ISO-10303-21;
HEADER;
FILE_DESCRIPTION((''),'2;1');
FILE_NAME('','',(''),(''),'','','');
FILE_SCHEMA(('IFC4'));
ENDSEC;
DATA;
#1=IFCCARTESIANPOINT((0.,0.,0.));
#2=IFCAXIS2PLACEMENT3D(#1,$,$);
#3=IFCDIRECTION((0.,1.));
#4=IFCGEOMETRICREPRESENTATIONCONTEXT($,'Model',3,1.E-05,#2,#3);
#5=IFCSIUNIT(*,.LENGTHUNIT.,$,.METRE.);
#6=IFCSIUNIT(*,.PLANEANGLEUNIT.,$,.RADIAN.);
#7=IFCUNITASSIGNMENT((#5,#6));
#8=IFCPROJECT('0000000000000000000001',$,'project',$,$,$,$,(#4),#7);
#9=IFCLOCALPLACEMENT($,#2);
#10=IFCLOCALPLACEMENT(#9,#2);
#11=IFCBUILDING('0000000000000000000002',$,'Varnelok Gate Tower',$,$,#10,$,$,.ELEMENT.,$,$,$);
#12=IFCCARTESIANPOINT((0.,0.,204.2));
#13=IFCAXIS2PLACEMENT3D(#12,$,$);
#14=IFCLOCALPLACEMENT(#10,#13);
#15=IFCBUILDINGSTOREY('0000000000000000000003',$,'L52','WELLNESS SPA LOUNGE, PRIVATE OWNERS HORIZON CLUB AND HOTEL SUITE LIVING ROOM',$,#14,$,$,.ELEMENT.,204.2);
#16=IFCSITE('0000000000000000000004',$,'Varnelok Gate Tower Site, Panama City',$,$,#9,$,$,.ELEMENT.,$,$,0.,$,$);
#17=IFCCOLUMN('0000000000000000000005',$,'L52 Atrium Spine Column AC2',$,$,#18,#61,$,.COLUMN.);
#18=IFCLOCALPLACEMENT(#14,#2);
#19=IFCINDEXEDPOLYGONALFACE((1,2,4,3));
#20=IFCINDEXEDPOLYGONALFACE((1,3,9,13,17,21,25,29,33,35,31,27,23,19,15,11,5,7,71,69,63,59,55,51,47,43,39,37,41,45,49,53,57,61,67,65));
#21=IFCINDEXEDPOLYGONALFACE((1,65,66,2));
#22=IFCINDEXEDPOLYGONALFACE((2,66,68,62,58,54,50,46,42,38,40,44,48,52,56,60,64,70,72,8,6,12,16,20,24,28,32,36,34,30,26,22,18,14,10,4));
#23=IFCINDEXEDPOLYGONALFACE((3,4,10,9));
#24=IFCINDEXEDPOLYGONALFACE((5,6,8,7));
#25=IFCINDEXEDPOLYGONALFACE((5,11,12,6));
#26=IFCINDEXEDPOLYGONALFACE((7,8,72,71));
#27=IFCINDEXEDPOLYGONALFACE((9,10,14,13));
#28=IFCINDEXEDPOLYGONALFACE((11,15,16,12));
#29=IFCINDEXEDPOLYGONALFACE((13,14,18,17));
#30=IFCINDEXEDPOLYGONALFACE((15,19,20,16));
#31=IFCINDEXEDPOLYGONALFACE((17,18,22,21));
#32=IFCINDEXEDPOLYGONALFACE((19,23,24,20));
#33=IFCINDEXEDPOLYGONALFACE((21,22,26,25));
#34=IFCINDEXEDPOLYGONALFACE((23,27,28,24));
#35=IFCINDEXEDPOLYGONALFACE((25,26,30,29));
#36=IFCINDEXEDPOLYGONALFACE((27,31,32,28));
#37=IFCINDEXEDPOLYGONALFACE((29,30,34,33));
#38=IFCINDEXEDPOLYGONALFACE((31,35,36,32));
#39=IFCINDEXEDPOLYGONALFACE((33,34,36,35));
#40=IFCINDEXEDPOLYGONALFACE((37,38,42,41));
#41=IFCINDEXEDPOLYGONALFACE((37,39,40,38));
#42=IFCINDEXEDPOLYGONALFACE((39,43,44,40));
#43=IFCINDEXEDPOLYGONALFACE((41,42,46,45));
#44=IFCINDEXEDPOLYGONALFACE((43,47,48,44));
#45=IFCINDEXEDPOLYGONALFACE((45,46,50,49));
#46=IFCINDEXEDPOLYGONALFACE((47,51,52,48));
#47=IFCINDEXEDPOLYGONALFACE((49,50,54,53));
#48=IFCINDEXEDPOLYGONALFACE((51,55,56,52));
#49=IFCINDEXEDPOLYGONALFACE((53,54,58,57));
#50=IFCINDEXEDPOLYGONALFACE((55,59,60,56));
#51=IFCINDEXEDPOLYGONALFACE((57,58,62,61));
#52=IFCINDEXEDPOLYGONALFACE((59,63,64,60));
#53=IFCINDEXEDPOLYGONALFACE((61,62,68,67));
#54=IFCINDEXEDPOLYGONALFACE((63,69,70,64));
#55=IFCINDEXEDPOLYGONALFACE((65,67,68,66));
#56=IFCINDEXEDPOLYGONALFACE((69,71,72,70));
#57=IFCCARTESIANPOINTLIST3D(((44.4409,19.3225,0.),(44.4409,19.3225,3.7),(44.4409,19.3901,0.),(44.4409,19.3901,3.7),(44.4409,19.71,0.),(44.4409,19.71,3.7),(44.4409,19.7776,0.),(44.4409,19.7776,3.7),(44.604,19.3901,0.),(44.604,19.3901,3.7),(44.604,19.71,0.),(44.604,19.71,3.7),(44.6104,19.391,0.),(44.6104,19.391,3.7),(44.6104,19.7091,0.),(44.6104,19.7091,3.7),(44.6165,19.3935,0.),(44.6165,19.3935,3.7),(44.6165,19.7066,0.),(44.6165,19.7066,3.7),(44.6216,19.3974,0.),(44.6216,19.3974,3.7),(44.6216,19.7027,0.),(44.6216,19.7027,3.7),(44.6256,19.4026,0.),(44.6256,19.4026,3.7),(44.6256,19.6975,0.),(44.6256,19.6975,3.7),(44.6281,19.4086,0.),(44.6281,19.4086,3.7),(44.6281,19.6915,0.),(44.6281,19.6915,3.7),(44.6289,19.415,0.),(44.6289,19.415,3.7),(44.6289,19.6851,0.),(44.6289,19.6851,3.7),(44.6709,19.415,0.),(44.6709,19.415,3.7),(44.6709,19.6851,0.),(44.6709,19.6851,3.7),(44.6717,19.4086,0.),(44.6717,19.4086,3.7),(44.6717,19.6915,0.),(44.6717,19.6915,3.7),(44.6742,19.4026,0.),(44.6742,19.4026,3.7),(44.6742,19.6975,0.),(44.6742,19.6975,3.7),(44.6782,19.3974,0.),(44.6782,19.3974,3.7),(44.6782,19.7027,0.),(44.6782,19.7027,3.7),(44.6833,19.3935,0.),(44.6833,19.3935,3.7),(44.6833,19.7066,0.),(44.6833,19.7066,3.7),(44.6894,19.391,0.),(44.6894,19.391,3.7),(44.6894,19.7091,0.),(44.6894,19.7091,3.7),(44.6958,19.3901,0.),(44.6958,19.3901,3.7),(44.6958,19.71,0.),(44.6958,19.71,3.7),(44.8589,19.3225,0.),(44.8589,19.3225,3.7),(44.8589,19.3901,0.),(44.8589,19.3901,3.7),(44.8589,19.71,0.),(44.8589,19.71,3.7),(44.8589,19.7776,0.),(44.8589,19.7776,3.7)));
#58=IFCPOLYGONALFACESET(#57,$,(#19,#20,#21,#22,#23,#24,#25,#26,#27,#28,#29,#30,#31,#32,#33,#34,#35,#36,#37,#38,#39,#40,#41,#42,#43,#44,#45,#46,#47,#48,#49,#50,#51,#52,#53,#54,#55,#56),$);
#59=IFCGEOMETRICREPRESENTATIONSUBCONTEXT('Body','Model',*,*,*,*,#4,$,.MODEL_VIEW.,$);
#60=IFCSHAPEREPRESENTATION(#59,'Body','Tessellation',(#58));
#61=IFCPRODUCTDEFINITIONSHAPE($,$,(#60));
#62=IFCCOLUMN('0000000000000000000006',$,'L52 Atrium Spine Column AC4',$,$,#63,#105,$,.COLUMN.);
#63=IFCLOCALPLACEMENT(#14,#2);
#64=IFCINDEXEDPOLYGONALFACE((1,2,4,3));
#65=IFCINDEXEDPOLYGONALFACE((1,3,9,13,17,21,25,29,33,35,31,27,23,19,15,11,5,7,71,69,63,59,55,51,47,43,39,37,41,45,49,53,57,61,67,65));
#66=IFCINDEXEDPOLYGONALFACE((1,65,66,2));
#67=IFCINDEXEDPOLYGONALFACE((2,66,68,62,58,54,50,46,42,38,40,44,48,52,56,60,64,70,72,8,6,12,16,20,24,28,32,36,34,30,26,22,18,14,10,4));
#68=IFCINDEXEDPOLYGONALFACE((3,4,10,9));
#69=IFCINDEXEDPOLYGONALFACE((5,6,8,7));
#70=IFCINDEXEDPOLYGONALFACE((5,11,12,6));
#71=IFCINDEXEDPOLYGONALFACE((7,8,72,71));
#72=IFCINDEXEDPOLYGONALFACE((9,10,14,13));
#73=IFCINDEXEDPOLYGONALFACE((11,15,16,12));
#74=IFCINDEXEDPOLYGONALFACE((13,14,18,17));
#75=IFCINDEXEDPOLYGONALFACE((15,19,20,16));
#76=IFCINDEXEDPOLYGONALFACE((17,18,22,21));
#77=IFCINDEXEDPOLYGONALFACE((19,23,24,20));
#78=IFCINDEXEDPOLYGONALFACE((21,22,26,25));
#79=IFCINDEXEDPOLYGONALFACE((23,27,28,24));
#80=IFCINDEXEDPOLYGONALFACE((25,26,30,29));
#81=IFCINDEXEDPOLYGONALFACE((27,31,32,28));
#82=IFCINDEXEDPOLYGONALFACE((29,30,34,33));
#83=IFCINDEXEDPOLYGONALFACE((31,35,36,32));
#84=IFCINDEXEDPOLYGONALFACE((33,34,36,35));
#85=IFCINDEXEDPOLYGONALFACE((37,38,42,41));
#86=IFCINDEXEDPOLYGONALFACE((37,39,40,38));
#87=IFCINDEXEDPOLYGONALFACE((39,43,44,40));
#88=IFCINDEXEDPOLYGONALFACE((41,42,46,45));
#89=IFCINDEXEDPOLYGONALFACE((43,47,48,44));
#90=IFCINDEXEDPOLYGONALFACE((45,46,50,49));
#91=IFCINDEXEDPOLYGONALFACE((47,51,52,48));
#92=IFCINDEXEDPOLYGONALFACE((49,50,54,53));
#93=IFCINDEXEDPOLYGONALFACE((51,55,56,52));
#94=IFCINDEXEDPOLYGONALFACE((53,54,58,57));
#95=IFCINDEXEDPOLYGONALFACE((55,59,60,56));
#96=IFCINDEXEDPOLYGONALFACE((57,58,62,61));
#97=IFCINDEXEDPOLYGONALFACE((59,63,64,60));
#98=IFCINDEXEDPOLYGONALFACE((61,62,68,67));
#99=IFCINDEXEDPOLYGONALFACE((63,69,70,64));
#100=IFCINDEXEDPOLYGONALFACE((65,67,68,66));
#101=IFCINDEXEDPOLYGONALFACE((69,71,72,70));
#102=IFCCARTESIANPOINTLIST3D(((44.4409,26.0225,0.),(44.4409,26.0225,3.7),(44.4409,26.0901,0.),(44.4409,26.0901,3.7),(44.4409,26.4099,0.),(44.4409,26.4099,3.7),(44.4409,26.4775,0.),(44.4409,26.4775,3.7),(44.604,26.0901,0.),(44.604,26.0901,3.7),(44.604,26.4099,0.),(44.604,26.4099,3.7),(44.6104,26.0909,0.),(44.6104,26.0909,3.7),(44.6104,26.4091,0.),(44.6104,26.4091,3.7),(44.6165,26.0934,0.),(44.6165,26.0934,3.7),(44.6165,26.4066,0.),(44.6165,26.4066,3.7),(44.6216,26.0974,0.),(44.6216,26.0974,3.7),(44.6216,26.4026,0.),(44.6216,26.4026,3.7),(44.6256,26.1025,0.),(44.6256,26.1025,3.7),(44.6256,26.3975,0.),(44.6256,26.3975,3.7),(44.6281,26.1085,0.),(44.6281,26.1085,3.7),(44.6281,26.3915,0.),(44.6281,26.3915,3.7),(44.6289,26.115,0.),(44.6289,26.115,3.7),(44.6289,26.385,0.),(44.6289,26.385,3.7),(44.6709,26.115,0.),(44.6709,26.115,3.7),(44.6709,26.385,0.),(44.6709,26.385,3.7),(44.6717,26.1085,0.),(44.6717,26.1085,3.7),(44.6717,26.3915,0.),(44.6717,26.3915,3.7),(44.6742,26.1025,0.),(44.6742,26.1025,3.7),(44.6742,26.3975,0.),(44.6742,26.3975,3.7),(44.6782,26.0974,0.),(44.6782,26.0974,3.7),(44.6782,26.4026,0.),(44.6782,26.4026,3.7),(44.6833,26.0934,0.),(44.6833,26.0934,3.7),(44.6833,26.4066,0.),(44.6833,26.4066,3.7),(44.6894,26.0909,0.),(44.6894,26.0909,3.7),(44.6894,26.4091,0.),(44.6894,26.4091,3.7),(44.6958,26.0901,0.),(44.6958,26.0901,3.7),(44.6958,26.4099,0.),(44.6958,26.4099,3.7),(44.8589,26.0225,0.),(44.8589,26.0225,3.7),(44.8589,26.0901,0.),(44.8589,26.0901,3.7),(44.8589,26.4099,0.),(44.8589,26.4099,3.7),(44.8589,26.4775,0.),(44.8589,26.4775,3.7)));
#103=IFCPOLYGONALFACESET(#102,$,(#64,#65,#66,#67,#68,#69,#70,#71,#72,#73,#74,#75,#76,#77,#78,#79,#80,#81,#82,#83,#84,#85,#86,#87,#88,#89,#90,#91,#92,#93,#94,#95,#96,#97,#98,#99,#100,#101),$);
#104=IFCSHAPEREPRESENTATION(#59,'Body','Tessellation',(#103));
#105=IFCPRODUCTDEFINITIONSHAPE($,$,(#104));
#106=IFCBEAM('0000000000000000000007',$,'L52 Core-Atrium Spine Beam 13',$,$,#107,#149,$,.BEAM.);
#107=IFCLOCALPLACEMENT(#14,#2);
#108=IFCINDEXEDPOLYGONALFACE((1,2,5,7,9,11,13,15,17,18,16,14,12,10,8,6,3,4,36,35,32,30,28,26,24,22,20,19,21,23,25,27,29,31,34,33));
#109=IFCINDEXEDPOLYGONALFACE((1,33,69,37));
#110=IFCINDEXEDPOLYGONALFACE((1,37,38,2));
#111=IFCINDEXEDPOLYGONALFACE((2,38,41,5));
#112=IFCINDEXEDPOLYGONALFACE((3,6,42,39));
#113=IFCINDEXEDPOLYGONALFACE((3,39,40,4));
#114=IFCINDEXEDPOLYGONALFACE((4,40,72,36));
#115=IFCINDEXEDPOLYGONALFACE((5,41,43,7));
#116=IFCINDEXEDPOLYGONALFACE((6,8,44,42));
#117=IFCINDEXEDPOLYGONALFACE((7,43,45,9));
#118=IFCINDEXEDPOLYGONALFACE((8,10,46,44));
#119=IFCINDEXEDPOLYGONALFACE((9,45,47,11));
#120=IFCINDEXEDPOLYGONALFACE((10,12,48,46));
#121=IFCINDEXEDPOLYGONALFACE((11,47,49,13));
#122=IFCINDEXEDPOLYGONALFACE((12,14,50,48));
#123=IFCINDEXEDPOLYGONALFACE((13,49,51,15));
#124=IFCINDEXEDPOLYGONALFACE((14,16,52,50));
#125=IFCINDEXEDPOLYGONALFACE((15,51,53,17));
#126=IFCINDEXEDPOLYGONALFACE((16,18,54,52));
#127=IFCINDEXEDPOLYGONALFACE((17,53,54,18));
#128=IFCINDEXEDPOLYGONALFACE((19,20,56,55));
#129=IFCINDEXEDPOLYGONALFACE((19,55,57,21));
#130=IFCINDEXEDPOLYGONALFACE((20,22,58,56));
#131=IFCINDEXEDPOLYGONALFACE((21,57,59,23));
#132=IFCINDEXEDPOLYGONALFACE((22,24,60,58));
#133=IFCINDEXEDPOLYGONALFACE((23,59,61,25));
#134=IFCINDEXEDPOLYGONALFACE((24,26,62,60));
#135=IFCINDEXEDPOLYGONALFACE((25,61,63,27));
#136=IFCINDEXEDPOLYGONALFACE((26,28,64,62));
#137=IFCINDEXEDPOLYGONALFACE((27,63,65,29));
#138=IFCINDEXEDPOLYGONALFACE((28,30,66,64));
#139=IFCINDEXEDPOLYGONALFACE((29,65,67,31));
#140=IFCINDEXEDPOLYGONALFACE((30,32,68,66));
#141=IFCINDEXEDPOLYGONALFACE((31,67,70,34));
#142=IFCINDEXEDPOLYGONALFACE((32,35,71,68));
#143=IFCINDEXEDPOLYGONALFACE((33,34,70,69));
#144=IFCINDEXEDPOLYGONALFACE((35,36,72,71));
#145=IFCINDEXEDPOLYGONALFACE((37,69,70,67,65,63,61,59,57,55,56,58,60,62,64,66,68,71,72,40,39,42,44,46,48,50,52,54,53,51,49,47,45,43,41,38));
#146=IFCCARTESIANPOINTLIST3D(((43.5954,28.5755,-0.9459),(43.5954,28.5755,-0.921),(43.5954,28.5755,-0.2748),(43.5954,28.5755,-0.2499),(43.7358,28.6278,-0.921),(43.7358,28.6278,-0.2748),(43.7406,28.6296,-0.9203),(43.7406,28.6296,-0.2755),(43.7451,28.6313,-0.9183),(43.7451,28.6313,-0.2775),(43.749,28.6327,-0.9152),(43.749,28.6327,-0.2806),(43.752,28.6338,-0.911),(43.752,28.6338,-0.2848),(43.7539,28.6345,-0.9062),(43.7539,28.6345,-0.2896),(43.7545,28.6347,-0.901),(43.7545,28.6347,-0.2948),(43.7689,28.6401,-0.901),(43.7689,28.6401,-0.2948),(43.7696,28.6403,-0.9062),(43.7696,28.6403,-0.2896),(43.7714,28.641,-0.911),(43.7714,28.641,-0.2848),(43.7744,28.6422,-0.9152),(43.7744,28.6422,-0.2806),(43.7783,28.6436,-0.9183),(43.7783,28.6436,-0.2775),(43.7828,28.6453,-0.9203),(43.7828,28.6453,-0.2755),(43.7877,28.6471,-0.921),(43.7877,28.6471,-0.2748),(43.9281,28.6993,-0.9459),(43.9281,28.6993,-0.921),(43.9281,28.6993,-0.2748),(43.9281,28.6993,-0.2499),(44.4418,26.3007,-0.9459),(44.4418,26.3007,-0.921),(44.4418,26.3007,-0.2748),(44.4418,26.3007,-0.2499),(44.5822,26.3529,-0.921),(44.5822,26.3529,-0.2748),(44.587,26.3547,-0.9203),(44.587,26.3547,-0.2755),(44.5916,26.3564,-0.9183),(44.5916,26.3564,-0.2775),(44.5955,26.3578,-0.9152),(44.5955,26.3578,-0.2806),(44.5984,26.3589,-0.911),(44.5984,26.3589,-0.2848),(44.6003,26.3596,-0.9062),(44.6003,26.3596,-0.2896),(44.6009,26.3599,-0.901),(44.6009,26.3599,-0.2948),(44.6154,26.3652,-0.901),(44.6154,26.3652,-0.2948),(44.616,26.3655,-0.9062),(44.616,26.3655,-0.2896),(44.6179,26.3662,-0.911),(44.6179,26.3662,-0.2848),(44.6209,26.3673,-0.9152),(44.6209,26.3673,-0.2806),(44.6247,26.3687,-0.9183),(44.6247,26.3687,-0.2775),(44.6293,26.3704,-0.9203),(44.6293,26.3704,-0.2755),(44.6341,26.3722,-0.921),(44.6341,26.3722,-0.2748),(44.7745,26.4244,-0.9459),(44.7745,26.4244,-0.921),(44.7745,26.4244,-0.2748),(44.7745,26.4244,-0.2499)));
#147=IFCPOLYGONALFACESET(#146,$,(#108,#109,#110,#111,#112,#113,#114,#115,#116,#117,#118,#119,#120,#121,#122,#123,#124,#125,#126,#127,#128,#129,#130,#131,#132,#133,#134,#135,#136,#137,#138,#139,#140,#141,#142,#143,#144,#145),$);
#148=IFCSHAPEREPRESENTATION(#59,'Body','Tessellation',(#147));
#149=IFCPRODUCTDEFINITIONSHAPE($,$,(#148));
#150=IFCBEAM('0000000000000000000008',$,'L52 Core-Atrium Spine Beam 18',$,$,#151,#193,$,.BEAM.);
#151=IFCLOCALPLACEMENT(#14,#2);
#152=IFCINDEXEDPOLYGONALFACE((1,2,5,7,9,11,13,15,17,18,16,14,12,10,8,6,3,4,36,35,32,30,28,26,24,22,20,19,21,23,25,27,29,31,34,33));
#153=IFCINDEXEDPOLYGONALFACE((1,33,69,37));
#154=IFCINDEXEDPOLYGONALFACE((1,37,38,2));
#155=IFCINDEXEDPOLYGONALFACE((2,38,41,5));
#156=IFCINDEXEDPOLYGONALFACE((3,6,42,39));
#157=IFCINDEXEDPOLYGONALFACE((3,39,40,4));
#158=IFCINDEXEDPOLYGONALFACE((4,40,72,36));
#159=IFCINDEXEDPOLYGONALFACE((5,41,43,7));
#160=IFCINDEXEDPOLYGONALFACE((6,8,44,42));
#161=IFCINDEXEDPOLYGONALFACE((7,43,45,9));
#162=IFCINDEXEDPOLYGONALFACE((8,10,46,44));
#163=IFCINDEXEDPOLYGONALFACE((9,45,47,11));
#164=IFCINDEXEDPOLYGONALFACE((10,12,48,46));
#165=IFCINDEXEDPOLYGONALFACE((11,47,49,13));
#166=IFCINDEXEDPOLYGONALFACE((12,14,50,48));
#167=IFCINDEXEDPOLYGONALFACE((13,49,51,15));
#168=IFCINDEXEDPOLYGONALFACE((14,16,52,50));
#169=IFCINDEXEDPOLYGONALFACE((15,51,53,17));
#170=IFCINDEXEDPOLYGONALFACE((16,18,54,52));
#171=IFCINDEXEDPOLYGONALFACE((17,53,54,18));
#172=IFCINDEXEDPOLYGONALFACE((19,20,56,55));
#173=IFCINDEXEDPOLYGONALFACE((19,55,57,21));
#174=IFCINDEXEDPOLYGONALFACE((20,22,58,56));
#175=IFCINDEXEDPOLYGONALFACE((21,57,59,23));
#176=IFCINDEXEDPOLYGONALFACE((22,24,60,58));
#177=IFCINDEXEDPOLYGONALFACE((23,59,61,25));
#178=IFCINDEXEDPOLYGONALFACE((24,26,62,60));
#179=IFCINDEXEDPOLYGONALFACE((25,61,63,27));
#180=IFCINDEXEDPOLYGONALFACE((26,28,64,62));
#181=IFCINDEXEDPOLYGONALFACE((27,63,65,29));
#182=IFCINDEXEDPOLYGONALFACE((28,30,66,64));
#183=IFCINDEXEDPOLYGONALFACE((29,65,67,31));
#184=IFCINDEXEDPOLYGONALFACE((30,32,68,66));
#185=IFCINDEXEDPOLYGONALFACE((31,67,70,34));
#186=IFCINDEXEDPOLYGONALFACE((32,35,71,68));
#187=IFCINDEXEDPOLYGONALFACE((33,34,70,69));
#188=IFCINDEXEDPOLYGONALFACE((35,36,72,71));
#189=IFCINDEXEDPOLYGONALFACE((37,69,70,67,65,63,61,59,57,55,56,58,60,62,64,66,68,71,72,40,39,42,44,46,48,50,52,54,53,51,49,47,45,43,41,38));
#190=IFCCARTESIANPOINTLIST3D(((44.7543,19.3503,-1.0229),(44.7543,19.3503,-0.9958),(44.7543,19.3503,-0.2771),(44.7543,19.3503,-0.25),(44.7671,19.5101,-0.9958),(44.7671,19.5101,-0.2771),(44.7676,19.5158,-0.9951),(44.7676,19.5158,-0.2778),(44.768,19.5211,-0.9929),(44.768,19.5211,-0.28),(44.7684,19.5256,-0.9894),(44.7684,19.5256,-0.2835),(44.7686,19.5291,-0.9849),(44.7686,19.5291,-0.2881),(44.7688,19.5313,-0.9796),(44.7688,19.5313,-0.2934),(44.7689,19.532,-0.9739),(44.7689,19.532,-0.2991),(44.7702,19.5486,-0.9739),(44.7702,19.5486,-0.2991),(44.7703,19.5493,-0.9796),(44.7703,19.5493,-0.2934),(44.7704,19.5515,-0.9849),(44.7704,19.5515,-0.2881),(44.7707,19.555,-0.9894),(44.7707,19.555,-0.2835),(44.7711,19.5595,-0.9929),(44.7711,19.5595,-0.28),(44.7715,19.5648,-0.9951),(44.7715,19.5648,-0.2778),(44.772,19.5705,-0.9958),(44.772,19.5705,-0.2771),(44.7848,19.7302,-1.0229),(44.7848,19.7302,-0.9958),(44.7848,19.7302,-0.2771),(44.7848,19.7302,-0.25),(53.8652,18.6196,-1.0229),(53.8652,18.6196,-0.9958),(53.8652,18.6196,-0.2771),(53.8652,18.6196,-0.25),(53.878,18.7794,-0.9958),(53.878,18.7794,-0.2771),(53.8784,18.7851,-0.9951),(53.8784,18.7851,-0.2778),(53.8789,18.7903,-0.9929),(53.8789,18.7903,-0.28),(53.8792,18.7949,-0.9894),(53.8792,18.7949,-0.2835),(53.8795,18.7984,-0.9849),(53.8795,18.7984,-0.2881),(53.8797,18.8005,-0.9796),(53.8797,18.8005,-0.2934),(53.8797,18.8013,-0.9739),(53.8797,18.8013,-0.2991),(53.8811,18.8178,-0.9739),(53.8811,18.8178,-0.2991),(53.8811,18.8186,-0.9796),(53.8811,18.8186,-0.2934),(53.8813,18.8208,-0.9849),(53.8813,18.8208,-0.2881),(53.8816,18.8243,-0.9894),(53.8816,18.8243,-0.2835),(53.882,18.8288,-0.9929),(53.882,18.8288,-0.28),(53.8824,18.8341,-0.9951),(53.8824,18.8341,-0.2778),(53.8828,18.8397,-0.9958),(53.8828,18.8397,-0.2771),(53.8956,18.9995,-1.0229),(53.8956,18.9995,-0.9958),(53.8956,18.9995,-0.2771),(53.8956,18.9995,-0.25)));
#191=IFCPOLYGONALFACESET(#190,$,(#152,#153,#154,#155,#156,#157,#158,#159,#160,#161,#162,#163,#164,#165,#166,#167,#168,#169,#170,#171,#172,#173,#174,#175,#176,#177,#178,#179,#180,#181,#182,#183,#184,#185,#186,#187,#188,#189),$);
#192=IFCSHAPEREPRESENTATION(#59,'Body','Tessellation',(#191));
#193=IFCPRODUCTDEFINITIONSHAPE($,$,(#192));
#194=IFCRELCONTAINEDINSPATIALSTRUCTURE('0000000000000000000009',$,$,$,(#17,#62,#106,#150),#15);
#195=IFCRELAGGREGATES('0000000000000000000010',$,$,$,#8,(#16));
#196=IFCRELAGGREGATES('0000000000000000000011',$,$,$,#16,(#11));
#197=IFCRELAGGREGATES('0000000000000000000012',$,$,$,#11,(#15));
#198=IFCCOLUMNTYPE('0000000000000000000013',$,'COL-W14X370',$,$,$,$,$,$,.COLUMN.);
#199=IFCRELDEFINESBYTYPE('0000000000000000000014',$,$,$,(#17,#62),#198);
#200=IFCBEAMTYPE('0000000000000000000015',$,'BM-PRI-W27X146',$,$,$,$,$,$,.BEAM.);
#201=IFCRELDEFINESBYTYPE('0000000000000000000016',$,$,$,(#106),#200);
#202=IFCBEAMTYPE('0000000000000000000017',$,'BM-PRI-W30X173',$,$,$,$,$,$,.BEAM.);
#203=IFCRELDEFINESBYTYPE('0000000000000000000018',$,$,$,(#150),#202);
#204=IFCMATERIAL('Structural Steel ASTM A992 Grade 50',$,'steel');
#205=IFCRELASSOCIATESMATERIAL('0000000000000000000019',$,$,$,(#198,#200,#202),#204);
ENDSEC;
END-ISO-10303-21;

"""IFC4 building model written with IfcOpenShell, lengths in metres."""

from ifc_helpers import new_model, si_unit, direction, frame, origin, origin_2d, place, context, subcontext, project, spatial, i_section, extrude, material, material_profile, profile_set, type_object, element, save


model = new_model("IFC4")

# Units and contexts
model_context = context("Model", 3, precision=1e-05, world=origin(), true_north=direction((0.0, 1.0)))
body_context = subcontext(model_context, "Body", "Model", "MODEL_VIEW")
ifc_project = project(units=[si_unit("LENGTHUNIT", "METRE"), si_unit("PLANEANGLEUNIT", "RADIAN")], contexts=[model_context])

# Site, building, storey
site_placement = place(None, origin())
site = spatial("IfcSite", under=ifc_project, at=site_placement, Name="Varnelok Gate Tower Site, Panama City", CompositionType="ELEMENT", RefElevation=0.0)
building_placement = place(site_placement, origin())
building = spatial("IfcBuilding", under=site, at=building_placement, Name="Varnelok Gate Tower", CompositionType="ELEMENT")
storey_placement = place(building_placement, frame((0.0, 0.0, 204.2)))
storey = spatial("IfcBuildingStorey", under=building, at=storey_placement, Name="L52", Description="WELLNESS SPA LOUNGE, PRIVATE OWNERS HORIZON CLUB AND HOTEL SUITE LIVING ROOM", CompositionType="ELEMENT", Elevation=204.2)

# Columns
ifc_material_1 = material(Name="Structural Steel ASTM A992 Grade 50", Category="steel")
ifc_material_profile_1 = material_profile(ifc_material_1, i_section(OverallWidth=0.418, OverallDepth=0.4551, WebThickness=0.042, FlangeThickness=0.0676, FilletRadius=0.0249, at=origin_2d()), Name="W14X370")
ifc_profile_set_1 = profile_set([ifc_material_profile_1], Name="Structural Steel ASTM A992 Grade 50")
column_type = type_object("IfcColumnType", Name="COL-W14X370", PredefinedType="COLUMN", material=ifc_profile_set_1)
for number, where, z_axis, x_axis, name in (
    (1, (44.6499, 19.55, 0.0), (0.0, 0.0, 1.0), (1.0, 0.0, 0.0), "L52 Atrium Spine Column AC2"),
    (2, (44.6499, 26.25, 0.0), (0.0, 0.0, 1.0), (1.0, 0.0, 0.0), "L52 Atrium Spine Column AC4"),
):
    element("IfcColumn", number, at=place(storey_placement, frame(where, z_axis=z_axis, x_axis=x_axis)), inside=storey, type_object=column_type, Name=name, PredefinedType="COLUMN", context=body_context, shape_type="SweptSolid", body=[
        extrude(i_section(OverallWidth=0.418, OverallDepth=0.4551, WebThickness=0.042, FlangeThickness=0.0676, FilletRadius=0.0249, at=origin_2d()), origin(), (0.0, 0.0, 1.0), 3.7),
    ])

# Beams
ifc_material_profile_2 = material_profile(ifc_material_1, i_section(OverallWidth=0.355, OverallDepth=0.696, WebThickness=0.0154, FlangeThickness=0.0249, FilletRadius=0.02, at=origin_2d()), Name="W27X146")
ifc_profile_set_2 = profile_set([ifc_material_profile_2], Name="Structural Steel ASTM A992 Grade 50")
beam_type_1 = type_object("IfcBeamType", Name="BM-PRI-W27X146", PredefinedType="BEAM", material=ifc_profile_set_2)
beam_1_placement = place(storey_placement, frame((44.6082, 26.3625, -0.5979), z_axis=(-0.348719, 0.937227, 0.0), x_axis=(-0.937227, -0.348719, 0.0)))
element("IfcBeam", 3, at=beam_1_placement, inside=storey, type_object=beam_type_1, Name="L52 Core-Atrium Spine Beam 13", PredefinedType="BEAM", context=body_context, shape_type="SweptSolid", body=[
    extrude(i_section(OverallWidth=0.355, OverallDepth=0.696, WebThickness=0.0154, FlangeThickness=0.0249, FilletRadius=0.02, at=origin_2d()), origin(), (0.0, 0.0, 1.0), 2.4272),
])
ifc_material_profile_3 = material_profile(ifc_material_1, i_section(OverallWidth=0.3811, OverallDepth=0.7729, WebThickness=0.0166, FlangeThickness=0.0271, FilletRadius=0.022, at=origin_2d()), Name="W30X173")
ifc_profile_set_3 = profile_set([ifc_material_profile_3], Name="Structural Steel ASTM A992 Grade 50")
beam_type_2 = type_object("IfcBeamType", Name="BM-PRI-W30X173", PredefinedType="BEAM", material=ifc_profile_set_3)
beam_2_placement = place(storey_placement, frame((44.7695, 19.5403, -0.6365), z_axis=(0.996799, -0.079946, 0.0), x_axis=(0.079946, 0.996799, 0.0)))
element("IfcBeam", 4, at=beam_2_placement, inside=storey, type_object=beam_type_2, Name="L52 Core-Atrium Spine Beam 18", PredefinedType="BEAM", context=body_context, shape_type="SweptSolid", body=[
    extrude(i_section(OverallWidth=0.3811, OverallDepth=0.7729, WebThickness=0.0166, FlangeThickness=0.0271, FilletRadius=0.022, at=origin_2d()), origin(), (0.0, 0.0, 1.0), 9.1401),
])

save(model, "model.ifc")
